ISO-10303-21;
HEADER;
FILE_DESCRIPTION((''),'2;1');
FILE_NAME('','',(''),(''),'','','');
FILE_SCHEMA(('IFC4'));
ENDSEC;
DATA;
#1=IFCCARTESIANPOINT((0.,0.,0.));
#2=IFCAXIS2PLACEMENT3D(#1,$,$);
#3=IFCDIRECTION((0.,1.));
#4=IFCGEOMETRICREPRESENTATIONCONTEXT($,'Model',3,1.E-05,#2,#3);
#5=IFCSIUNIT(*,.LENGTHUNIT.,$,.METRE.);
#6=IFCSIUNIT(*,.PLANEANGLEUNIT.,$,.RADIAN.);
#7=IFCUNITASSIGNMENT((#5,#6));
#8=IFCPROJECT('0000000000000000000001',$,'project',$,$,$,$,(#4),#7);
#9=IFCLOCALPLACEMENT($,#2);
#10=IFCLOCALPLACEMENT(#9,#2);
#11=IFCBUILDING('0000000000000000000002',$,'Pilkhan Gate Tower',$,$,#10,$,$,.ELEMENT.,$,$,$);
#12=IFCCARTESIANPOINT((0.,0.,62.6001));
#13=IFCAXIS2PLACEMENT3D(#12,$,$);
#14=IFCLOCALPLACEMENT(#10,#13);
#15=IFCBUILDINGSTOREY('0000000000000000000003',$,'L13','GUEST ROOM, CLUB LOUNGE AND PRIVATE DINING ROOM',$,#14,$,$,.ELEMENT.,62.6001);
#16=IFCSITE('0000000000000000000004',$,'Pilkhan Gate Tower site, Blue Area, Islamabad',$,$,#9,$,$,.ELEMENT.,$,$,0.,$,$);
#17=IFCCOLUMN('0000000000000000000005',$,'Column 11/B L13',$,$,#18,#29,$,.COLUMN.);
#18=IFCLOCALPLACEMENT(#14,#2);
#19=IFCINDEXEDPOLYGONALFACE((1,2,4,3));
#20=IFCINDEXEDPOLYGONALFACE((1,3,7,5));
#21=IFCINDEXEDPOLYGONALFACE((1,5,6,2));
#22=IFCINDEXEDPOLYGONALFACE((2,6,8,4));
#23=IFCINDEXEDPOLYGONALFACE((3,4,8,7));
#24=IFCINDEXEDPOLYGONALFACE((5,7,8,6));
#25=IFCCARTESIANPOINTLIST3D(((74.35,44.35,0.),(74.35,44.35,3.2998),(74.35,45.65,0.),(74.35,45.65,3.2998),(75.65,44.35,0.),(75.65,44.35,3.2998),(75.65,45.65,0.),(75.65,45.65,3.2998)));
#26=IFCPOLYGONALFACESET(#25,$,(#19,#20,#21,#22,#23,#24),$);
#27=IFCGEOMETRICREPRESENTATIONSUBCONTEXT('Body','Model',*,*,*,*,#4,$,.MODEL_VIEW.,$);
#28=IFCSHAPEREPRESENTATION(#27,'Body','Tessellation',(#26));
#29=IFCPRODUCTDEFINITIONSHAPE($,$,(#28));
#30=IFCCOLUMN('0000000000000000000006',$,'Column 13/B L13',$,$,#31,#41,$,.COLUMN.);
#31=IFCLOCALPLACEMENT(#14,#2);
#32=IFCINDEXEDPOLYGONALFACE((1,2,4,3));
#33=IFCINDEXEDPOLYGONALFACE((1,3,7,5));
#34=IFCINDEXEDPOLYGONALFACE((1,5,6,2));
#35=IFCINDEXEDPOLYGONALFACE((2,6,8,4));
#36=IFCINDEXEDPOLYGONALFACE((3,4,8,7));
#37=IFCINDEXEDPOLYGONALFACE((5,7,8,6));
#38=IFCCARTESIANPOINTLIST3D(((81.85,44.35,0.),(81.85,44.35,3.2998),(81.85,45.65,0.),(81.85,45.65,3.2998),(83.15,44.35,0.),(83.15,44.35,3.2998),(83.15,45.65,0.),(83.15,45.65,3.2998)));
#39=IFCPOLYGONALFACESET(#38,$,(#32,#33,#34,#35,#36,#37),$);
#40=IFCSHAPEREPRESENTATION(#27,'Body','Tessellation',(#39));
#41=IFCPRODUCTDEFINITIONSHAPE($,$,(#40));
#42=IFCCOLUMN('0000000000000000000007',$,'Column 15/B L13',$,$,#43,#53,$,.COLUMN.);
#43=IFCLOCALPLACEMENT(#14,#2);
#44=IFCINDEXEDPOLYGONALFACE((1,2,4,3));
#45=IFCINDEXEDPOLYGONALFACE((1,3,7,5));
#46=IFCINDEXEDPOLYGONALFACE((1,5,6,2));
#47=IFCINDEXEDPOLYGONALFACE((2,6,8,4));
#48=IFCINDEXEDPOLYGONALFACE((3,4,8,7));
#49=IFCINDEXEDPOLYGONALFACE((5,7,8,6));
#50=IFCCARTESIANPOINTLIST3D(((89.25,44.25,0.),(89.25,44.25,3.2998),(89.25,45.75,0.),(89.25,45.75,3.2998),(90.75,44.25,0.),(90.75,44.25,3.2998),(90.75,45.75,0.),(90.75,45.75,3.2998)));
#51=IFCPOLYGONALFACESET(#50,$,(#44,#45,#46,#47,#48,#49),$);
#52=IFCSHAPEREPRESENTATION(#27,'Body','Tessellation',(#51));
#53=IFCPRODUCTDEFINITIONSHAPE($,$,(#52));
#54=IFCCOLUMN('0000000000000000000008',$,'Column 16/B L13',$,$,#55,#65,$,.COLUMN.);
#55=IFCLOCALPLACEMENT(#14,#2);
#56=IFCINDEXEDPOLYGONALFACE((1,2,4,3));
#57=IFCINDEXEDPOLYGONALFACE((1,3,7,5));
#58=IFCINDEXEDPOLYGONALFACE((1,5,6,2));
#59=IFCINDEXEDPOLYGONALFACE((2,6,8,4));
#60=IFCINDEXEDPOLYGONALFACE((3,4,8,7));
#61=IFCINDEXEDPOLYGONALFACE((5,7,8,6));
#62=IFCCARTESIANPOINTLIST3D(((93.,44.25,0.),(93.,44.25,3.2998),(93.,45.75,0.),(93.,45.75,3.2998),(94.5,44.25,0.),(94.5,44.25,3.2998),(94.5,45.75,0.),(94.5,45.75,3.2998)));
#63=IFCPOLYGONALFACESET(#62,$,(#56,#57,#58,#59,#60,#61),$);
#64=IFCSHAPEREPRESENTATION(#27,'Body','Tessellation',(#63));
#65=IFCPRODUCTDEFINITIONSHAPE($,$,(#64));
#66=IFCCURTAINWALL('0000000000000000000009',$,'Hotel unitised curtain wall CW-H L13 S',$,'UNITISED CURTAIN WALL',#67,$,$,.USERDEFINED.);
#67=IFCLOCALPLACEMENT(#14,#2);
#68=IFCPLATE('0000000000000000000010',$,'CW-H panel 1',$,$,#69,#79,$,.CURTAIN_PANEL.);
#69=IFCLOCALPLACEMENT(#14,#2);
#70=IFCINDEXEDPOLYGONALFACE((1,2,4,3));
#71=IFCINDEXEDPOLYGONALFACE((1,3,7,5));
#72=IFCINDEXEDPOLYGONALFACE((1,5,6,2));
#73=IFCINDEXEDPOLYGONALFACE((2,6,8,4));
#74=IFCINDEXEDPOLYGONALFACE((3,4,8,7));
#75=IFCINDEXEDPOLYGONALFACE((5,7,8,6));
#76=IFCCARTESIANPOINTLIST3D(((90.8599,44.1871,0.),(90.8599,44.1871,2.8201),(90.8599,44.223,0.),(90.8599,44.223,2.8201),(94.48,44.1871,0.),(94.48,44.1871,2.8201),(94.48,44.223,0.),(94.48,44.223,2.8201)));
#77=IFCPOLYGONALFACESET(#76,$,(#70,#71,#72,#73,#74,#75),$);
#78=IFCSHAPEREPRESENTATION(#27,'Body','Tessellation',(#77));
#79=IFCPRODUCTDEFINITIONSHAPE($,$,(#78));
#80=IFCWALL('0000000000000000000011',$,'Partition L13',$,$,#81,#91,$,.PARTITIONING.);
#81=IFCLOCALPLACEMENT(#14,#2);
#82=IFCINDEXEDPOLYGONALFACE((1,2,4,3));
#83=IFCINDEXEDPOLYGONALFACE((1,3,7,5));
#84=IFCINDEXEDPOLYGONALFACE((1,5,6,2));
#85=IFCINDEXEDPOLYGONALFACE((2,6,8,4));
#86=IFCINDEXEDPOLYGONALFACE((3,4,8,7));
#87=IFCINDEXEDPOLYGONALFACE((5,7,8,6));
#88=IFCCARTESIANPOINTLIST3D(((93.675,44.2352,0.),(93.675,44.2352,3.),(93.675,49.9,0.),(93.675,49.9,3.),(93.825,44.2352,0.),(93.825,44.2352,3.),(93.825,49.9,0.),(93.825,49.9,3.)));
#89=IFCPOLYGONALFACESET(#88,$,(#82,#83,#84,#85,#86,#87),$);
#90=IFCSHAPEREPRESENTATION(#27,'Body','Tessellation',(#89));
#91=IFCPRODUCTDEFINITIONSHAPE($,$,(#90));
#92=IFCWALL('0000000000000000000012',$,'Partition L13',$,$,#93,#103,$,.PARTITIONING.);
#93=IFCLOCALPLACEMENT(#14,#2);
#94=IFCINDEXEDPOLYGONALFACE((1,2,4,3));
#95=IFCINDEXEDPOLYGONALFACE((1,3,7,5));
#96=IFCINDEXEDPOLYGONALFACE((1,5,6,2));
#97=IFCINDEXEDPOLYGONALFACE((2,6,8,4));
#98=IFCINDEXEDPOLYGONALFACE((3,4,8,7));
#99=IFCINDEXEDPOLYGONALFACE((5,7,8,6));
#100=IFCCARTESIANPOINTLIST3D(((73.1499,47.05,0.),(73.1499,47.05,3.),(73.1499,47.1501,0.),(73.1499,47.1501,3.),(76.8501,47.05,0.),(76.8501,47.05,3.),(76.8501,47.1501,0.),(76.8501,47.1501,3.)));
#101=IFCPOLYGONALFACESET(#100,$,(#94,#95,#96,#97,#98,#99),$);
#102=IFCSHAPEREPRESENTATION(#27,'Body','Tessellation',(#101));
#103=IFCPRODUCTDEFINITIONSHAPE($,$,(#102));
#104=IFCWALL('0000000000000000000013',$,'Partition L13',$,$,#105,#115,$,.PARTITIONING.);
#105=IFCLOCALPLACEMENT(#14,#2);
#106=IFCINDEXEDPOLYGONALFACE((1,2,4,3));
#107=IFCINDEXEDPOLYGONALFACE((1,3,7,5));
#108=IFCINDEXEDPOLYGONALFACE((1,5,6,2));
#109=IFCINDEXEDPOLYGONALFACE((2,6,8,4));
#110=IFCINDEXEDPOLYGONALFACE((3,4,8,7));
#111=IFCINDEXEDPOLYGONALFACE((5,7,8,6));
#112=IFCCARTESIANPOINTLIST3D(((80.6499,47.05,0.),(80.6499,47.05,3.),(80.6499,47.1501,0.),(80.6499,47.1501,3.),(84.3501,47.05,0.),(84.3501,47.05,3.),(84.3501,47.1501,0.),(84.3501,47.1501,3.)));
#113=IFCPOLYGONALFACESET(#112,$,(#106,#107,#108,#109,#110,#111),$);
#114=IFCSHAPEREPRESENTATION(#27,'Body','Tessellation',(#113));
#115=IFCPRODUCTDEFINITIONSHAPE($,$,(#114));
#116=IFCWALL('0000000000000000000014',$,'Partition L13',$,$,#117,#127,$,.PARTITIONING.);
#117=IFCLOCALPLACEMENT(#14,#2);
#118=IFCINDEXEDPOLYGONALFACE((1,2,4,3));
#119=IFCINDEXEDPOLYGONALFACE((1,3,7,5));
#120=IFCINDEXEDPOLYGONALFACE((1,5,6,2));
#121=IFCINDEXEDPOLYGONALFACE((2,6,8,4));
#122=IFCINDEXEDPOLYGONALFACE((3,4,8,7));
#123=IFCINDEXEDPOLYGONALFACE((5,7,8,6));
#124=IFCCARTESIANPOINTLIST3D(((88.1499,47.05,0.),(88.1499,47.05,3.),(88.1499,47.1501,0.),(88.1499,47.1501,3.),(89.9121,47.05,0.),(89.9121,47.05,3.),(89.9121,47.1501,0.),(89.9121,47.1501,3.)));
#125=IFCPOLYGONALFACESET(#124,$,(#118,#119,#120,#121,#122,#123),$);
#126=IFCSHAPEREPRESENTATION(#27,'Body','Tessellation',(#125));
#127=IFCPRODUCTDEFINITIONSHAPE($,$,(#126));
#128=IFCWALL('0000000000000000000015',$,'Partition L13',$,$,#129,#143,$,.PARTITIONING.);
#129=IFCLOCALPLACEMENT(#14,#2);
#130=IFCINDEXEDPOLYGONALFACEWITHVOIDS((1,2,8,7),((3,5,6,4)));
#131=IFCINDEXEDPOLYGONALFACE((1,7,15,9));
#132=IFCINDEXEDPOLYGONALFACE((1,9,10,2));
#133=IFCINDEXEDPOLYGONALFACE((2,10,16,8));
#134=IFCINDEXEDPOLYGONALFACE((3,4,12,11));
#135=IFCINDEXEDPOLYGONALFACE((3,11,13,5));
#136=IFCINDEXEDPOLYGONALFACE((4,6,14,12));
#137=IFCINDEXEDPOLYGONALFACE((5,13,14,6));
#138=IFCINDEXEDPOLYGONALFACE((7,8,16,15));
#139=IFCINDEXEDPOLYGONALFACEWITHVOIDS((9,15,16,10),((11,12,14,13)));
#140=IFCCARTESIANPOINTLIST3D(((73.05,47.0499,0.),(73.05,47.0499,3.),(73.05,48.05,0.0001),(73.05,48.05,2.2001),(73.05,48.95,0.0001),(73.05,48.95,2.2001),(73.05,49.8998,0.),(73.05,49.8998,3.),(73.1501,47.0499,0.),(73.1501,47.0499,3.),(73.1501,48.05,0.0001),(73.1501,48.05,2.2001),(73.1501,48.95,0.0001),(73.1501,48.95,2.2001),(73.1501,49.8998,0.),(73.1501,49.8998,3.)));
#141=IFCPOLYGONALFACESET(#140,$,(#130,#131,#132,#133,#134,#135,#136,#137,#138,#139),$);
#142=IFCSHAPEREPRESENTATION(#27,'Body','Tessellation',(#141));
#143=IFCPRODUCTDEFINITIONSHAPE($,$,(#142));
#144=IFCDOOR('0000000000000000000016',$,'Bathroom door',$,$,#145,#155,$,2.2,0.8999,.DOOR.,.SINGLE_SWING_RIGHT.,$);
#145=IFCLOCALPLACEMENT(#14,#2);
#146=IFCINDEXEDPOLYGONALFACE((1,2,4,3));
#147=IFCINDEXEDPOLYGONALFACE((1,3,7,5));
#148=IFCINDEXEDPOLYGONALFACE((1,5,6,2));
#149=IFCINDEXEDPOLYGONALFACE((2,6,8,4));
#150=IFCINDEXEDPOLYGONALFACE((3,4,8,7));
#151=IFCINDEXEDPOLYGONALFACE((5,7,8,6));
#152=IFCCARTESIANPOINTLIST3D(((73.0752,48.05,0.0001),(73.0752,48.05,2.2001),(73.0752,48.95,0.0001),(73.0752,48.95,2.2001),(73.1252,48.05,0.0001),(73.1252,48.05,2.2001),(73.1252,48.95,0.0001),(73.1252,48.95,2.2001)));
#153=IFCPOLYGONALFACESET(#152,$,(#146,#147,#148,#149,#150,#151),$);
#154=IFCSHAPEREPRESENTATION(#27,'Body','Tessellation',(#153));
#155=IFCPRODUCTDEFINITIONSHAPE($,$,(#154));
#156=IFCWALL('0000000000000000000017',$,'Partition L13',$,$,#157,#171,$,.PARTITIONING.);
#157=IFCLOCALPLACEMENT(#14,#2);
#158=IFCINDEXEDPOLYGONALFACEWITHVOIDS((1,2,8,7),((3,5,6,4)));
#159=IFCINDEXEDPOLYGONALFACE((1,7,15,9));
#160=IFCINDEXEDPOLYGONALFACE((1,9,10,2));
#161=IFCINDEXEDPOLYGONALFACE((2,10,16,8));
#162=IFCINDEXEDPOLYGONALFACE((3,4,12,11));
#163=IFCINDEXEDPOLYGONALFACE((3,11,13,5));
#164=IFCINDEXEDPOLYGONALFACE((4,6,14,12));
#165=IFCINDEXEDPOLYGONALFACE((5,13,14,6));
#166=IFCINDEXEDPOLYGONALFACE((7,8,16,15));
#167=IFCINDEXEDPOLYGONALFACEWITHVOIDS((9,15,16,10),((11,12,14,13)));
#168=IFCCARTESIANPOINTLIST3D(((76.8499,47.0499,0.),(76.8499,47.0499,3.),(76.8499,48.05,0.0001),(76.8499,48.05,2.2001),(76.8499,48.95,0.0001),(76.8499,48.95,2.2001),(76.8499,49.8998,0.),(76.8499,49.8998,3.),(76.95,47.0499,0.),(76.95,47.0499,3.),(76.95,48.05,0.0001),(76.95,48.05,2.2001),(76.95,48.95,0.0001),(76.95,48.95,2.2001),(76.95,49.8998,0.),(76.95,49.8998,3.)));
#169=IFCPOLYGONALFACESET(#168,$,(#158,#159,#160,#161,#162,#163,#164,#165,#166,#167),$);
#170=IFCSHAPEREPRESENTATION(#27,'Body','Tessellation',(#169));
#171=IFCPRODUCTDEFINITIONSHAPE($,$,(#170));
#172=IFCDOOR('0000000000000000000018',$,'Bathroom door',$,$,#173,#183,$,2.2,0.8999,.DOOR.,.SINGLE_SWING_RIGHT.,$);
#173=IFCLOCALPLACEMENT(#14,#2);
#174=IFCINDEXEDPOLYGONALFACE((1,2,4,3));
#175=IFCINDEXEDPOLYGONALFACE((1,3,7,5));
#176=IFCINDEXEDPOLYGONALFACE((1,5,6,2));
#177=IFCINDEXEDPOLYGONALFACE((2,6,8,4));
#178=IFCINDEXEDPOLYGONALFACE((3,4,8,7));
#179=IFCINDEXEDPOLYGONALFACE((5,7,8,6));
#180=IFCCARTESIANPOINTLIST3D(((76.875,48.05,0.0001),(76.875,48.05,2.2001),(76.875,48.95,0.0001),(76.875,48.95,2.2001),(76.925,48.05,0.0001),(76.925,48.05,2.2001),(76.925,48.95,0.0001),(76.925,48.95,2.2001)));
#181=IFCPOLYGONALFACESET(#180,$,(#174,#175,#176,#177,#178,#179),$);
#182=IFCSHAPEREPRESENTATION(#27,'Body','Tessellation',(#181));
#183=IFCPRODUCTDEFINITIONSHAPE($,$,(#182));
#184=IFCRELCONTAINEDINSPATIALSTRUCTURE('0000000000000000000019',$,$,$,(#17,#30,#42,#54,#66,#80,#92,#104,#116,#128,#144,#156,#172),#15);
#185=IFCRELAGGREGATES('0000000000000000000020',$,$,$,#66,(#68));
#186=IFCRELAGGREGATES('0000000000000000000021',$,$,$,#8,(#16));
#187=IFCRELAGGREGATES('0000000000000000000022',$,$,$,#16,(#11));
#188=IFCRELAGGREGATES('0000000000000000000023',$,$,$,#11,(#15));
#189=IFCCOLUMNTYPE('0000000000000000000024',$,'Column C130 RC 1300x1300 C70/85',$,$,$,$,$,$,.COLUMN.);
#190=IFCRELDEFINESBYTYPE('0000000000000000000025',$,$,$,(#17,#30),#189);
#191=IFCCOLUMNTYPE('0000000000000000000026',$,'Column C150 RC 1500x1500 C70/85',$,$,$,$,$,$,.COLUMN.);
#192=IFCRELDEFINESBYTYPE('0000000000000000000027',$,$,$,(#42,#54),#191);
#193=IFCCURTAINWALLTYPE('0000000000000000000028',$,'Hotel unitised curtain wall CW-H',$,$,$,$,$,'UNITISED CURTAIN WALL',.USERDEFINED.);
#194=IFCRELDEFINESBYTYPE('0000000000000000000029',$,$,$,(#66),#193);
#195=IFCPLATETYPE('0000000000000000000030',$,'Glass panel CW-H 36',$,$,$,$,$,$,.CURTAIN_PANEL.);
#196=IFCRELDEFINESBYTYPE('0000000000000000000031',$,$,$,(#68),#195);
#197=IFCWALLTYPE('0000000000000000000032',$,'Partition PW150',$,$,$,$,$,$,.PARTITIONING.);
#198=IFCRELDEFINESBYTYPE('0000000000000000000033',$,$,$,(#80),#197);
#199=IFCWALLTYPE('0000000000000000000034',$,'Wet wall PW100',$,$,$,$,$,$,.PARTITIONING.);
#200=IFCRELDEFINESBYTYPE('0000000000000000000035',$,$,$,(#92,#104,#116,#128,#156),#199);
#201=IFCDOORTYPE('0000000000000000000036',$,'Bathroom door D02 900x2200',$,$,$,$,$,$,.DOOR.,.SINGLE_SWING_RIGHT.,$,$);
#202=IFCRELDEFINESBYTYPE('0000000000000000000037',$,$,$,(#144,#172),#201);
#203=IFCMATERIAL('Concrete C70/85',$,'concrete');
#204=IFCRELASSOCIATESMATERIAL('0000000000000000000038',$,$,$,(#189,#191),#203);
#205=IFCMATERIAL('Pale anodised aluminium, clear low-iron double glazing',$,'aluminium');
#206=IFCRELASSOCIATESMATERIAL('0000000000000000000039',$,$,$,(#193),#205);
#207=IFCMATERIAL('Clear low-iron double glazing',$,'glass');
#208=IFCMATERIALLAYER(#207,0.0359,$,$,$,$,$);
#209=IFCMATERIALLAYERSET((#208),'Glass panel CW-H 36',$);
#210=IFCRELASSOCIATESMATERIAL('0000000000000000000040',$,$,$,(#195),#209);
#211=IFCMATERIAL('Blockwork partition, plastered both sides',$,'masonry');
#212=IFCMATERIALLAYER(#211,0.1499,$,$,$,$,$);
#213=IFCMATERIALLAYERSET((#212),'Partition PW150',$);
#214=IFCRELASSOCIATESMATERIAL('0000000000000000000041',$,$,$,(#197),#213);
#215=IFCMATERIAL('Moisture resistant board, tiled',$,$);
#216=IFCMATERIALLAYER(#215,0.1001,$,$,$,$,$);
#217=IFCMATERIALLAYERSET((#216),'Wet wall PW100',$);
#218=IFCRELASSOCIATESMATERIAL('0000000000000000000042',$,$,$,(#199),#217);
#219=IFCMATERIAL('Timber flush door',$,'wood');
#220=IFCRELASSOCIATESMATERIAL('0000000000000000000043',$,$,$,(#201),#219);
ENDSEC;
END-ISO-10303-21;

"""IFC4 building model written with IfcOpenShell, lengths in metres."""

from ifc_helpers import new_model, si_unit, direction, frame, frame_2d, origin, origin_2d, place, context, subcontext, project, spatial, rectangle, extrude, material, layer, layer_set, material_profile, profile_set, type_object, element, fill, aggregate, save


model = new_model("IFC4")

# Units and contexts
model_context = context("Model", 3, precision=1e-05, world=origin(), true_north=direction((0.0, 1.0)))
body_context = subcontext(model_context, "Body", "Model", "MODEL_VIEW")
ifc_project = project(units=[si_unit("LENGTHUNIT", "METRE"), si_unit("PLANEANGLEUNIT", "RADIAN")], contexts=[model_context])

# Site, building, storey
site_placement = place(None, origin())
site = spatial("IfcSite", under=ifc_project, at=site_placement, Name="Pilkhan Gate Tower site, Blue Area, Islamabad", CompositionType="ELEMENT", RefElevation=0.0)
building_placement = place(site_placement, origin())
building = spatial("IfcBuilding", under=site, at=building_placement, Name="Pilkhan Gate Tower", CompositionType="ELEMENT")
storey_placement = place(building_placement, frame((0.0, 0.0, 62.6001)))
storey = spatial("IfcBuildingStorey", under=building, at=storey_placement, Name="L13", Description="GUEST ROOM, CLUB LOUNGE AND PRIVATE DINING ROOM", CompositionType="ELEMENT", Elevation=62.6001)

# Columns
ifc_material_1 = material(Name="Concrete C70/85", Category="concrete")
ifc_material_profile_1 = material_profile(ifc_material_1, rectangle(XDim=1.3, YDim=1.3, at=origin_2d()), Name="RC 1300x1300")
ifc_profile_set_1 = profile_set([ifc_material_profile_1], Name="Concrete C70/85")
column_type_1 = type_object("IfcColumnType", Name="Column C130 RC 1300x1300 C70/85", PredefinedType="COLUMN", material=ifc_profile_set_1)
for number, where, z_axis, x_axis, name in (
    (1, (75.0, 45.0, 0.0), (0.0, 0.0, 1.0), (1.0, 0.0, 0.0), "Column 11/B L13"),
    (2, (82.5, 45.0, 0.0), (0.0, 0.0, 1.0), (1.0, 0.0, 0.0), "Column 13/B L13"),
):
    element("IfcColumn", number, at=place(storey_placement, frame(where, z_axis=z_axis, x_axis=x_axis)), inside=storey, type_object=column_type_1, Name=name, PredefinedType="COLUMN", context=body_context, shape_type="SweptSolid", body=[
        extrude(rectangle(XDim=1.3, YDim=1.3, at=origin_2d()), origin(), (0.0, 0.0, 1.0), 3.2998),
    ])
ifc_material_profile_2 = material_profile(ifc_material_1, rectangle(XDim=1.5, YDim=1.5, at=origin_2d()), Name="RC 1500x1500")
ifc_profile_set_2 = profile_set([ifc_material_profile_2], Name="Concrete C70/85")
column_type_2 = type_object("IfcColumnType", Name="Column C150 RC 1500x1500 C70/85", PredefinedType="COLUMN", material=ifc_profile_set_2)
for number, where, z_axis, x_axis, name in (
    (3, (90.0, 45.0, 0.0), (0.0, 0.0, 1.0), (1.0, 0.0, 0.0), "Column 15/B L13"),
    (4, (93.75, 45.0, 0.0), (0.0, 0.0, 1.0), (1.0, 0.0, 0.0), "Column 16/B L13"),
):
    element("IfcColumn", number, at=place(storey_placement, frame(where, z_axis=z_axis, x_axis=x_axis)), inside=storey, type_object=column_type_2, Name=name, PredefinedType="COLUMN", context=body_context, shape_type="SweptSolid", body=[
        extrude(rectangle(XDim=1.5, YDim=1.5, at=origin_2d()), origin(), (0.0, 0.0, 1.0), 3.2998),
    ])

# Curtain wall, plate
ifc_material_2 = material(Name="Pale anodised aluminium, clear low-iron double glazing", Category="aluminium")
curtain_wall_type = type_object("IfcCurtainWallType", Name="Hotel unitised curtain wall CW-H", ElementType="UNITISED CURTAIN WALL", PredefinedType="USERDEFINED", material=ifc_material_2)
curtain_wall_placement = place(storey_placement, origin())
curtain_wall = element("IfcCurtainWall", 5, at=curtain_wall_placement, inside=storey, type_object=curtain_wall_type, Name="Hotel unitised curtain wall CW-H L13 S", ObjectType="UNITISED CURTAIN WALL", PredefinedType="USERDEFINED")
ifc_material_3 = material(Name="Clear low-iron double glazing", Category="glass")
ifc_layer_1 = layer(ifc_material_3, 0.0359)
ifc_layer_set_1 = layer_set([ifc_layer_1], Name="Glass panel CW-H 36")
plate_type = type_object("IfcPlateType", Name="Glass panel CW-H 36", PredefinedType="CURTAIN_PANEL", material=ifc_layer_set_1)
plate_placement = place(storey_placement, frame((92.6699, 44.2051, 0.0), z_axis=(0.0, 0.0, 1.0), x_axis=(1.0, 0.0, 0.0)))
plate = element("IfcPlate", 6, at=plate_placement, type_object=plate_type, Name="CW-H panel 1", PredefinedType="CURTAIN_PANEL", context=body_context, shape_type="SweptSolid", body=[
    extrude(rectangle(XDim=3.6201, YDim=0.0359, at=origin_2d()), origin(), (0.0, 0.0, 1.0), 2.8201),
])
aggregate(curtain_wall, [plate])

# Walls
ifc_material_4 = material(Name="Blockwork partition, plastered both sides", Category="masonry")
ifc_layer_2 = layer(ifc_material_4, 0.1499)
ifc_layer_set_2 = layer_set([ifc_layer_2], Name="Partition PW150")
wall_type_1 = type_object("IfcWallType", Name="Partition PW150", PredefinedType="PARTITIONING", material=ifc_layer_set_2)
wall_1_placement = place(storey_placement, frame((93.75, 44.2351, 0.0), z_axis=(0.0, 0.0, 1.0), x_axis=(0.0, 1.0, 0.0)))
element("IfcWall", 7, at=wall_1_placement, inside=storey, type_object=wall_type_1, Name="Partition L13", PredefinedType="PARTITIONING", context=body_context, shape_type="SweptSolid", body=[
    extrude(rectangle(XDim=5.6648, YDim=0.1499, at=frame_2d((2.8325, 0.0))), origin(), (0.0, 0.0, 1.0), 3.0),
])
ifc_material_5 = material(Name="Moisture resistant board, tiled")
ifc_layer_3 = layer(ifc_material_5, 0.1001)
ifc_layer_set_3 = layer_set([ifc_layer_3], Name="Wet wall PW100")
wall_type_2 = type_object("IfcWallType", Name="Wet wall PW100", PredefinedType="PARTITIONING", material=ifc_layer_set_3)
for number, where, z_axis, x_axis, name in (
    (8, (73.1499, 47.1001, 0.0), (0.0, 0.0, 1.0), (1.0, 0.0, 0.0), "Partition L13"),
    (9, (80.6499, 47.1001, 0.0), (0.0, 0.0, 1.0), (1.0, 0.0, 0.0), "Partition L13"),
):
    element("IfcWall", number, at=place(storey_placement, frame(where, z_axis=z_axis, x_axis=x_axis)), inside=storey, type_object=wall_type_2, Name=name, PredefinedType="PARTITIONING", context=body_context, shape_type="SweptSolid", body=[
        extrude(rectangle(XDim=3.7002, YDim=0.1001, at=frame_2d((1.8501, 0.0))), origin(), (0.0, 0.0, 1.0), 3.0),
    ])
wall_2_placement = place(storey_placement, frame((88.1499, 47.1001, 0.0), z_axis=(0.0, 0.0, 1.0), x_axis=(1.0, 0.0, 0.0)))
element("IfcWall", 10, at=wall_2_placement, inside=storey, type_object=wall_type_2, Name="Partition L13", PredefinedType="PARTITIONING", context=body_context, shape_type="SweptSolid", body=[
    extrude(rectangle(XDim=1.7622, YDim=0.1001, at=frame_2d((0.8811, 0.0))), origin(), (0.0, 0.0, 1.0), 3.0),
])

# Walls, openings, doors
wall_3_placement = place(storey_placement, frame((73.1001, 47.05, 0.0), z_axis=(0.0, 0.0, 1.0), x_axis=(0.0, 1.0, 0.0)))
wall_3 = element("IfcWall", 11, at=wall_3_placement, inside=storey, type_object=wall_type_2, Name="Partition L13", PredefinedType="PARTITIONING", context=body_context, shape_type="SweptSolid", body=[
    extrude(rectangle(XDim=2.8499, YDim=0.1001, at=frame_2d((1.4248, 0.0))), origin(), (0.0, 0.0, 1.0), 3.0),
])
opening_1_placement = place(wall_3_placement, frame((1.0, 0.0, 0.0)))
opening_1 = element("IfcOpeningElement", 12, at=opening_1_placement, cuts=wall_3, PredefinedType="OPENING", context=body_context, shape_type="SweptSolid", body=[
    extrude(rectangle(XDim=0.8999, YDim=2.2, at=frame_2d((0.45, 1.1001))), frame((0.0, 0.0601, 0.0), z_axis=(0.0, -1.0, 0.0), x_axis=(1.0, 0.0, 0.0)), (0.0, 0.0, 1.0), 0.1201),
])
ifc_material_6 = material(Name="Timber flush door", Category="wood")
door_type = type_object("IfcDoorType", Name="Bathroom door D02 900x2200", OperationType="SINGLE_SWING_RIGHT", PredefinedType="DOOR", material=ifc_material_6)
door_1_placement = place(opening_1_placement, origin())
door_1 = element("IfcDoor", 13, at=door_1_placement, inside=storey, type_object=door_type, Name="Bathroom door", OperationType="SINGLE_SWING_RIGHT", OverallHeight=2.2, OverallWidth=0.8999, PredefinedType="DOOR", context=body_context, shape_type="SweptSolid", body=[
    extrude(rectangle(XDim=0.8999, YDim=2.2, at=frame_2d((0.45, 1.1001))), frame((0.0, 0.0249, 0.0), z_axis=(0.0, -1.0, 0.0), x_axis=(1.0, 0.0, 0.0)), (0.0, 0.0, 1.0), 0.05),
])
fill(opening_1, door_1)
wall_4_placement = place(storey_placement, frame((76.8999, 47.05, 0.0), z_axis=(0.0, 0.0, 1.0), x_axis=(0.0, 1.0, 0.0)))
wall_4 = element("IfcWall", 14, at=wall_4_placement, inside=storey, type_object=wall_type_2, Name="Partition L13", PredefinedType="PARTITIONING", context=body_context, shape_type="SweptSolid", body=[
    extrude(rectangle(XDim=2.8499, YDim=0.1001, at=frame_2d((1.4248, 0.0))), origin(), (0.0, 0.0, 1.0), 3.0),
])
opening_2_placement = place(wall_4_placement, frame((1.0, 0.0, 0.0)))
opening_2 = element("IfcOpeningElement", 15, at=opening_2_placement, cuts=wall_4, PredefinedType="OPENING", context=body_context, shape_type="SweptSolid", body=[
    extrude(rectangle(XDim=0.8999, YDim=2.2, at=frame_2d((0.45, 1.1001))), frame((0.0, 0.0601, 0.0), z_axis=(0.0, -1.0, 0.0), x_axis=(1.0, 0.0, 0.0)), (0.0, 0.0, 1.0), 0.1201),
])
door_2_placement = place(opening_2_placement, origin())
door_2 = element("IfcDoor", 16, at=door_2_placement, inside=storey, type_object=door_type, Name="Bathroom door", OperationType="SINGLE_SWING_RIGHT", OverallHeight=2.2, OverallWidth=0.8999, PredefinedType="DOOR", context=body_context, shape_type="SweptSolid", body=[
    extrude(rectangle(XDim=0.8999, YDim=2.2, at=frame_2d((0.45, 1.1001))), frame((0.0, 0.0249, 0.0), z_axis=(0.0, -1.0, 0.0), x_axis=(1.0, 0.0, 0.0)), (0.0, 0.0, 1.0), 0.05),
])
fill(opening_2, door_2)

save(model, "model.ifc")
